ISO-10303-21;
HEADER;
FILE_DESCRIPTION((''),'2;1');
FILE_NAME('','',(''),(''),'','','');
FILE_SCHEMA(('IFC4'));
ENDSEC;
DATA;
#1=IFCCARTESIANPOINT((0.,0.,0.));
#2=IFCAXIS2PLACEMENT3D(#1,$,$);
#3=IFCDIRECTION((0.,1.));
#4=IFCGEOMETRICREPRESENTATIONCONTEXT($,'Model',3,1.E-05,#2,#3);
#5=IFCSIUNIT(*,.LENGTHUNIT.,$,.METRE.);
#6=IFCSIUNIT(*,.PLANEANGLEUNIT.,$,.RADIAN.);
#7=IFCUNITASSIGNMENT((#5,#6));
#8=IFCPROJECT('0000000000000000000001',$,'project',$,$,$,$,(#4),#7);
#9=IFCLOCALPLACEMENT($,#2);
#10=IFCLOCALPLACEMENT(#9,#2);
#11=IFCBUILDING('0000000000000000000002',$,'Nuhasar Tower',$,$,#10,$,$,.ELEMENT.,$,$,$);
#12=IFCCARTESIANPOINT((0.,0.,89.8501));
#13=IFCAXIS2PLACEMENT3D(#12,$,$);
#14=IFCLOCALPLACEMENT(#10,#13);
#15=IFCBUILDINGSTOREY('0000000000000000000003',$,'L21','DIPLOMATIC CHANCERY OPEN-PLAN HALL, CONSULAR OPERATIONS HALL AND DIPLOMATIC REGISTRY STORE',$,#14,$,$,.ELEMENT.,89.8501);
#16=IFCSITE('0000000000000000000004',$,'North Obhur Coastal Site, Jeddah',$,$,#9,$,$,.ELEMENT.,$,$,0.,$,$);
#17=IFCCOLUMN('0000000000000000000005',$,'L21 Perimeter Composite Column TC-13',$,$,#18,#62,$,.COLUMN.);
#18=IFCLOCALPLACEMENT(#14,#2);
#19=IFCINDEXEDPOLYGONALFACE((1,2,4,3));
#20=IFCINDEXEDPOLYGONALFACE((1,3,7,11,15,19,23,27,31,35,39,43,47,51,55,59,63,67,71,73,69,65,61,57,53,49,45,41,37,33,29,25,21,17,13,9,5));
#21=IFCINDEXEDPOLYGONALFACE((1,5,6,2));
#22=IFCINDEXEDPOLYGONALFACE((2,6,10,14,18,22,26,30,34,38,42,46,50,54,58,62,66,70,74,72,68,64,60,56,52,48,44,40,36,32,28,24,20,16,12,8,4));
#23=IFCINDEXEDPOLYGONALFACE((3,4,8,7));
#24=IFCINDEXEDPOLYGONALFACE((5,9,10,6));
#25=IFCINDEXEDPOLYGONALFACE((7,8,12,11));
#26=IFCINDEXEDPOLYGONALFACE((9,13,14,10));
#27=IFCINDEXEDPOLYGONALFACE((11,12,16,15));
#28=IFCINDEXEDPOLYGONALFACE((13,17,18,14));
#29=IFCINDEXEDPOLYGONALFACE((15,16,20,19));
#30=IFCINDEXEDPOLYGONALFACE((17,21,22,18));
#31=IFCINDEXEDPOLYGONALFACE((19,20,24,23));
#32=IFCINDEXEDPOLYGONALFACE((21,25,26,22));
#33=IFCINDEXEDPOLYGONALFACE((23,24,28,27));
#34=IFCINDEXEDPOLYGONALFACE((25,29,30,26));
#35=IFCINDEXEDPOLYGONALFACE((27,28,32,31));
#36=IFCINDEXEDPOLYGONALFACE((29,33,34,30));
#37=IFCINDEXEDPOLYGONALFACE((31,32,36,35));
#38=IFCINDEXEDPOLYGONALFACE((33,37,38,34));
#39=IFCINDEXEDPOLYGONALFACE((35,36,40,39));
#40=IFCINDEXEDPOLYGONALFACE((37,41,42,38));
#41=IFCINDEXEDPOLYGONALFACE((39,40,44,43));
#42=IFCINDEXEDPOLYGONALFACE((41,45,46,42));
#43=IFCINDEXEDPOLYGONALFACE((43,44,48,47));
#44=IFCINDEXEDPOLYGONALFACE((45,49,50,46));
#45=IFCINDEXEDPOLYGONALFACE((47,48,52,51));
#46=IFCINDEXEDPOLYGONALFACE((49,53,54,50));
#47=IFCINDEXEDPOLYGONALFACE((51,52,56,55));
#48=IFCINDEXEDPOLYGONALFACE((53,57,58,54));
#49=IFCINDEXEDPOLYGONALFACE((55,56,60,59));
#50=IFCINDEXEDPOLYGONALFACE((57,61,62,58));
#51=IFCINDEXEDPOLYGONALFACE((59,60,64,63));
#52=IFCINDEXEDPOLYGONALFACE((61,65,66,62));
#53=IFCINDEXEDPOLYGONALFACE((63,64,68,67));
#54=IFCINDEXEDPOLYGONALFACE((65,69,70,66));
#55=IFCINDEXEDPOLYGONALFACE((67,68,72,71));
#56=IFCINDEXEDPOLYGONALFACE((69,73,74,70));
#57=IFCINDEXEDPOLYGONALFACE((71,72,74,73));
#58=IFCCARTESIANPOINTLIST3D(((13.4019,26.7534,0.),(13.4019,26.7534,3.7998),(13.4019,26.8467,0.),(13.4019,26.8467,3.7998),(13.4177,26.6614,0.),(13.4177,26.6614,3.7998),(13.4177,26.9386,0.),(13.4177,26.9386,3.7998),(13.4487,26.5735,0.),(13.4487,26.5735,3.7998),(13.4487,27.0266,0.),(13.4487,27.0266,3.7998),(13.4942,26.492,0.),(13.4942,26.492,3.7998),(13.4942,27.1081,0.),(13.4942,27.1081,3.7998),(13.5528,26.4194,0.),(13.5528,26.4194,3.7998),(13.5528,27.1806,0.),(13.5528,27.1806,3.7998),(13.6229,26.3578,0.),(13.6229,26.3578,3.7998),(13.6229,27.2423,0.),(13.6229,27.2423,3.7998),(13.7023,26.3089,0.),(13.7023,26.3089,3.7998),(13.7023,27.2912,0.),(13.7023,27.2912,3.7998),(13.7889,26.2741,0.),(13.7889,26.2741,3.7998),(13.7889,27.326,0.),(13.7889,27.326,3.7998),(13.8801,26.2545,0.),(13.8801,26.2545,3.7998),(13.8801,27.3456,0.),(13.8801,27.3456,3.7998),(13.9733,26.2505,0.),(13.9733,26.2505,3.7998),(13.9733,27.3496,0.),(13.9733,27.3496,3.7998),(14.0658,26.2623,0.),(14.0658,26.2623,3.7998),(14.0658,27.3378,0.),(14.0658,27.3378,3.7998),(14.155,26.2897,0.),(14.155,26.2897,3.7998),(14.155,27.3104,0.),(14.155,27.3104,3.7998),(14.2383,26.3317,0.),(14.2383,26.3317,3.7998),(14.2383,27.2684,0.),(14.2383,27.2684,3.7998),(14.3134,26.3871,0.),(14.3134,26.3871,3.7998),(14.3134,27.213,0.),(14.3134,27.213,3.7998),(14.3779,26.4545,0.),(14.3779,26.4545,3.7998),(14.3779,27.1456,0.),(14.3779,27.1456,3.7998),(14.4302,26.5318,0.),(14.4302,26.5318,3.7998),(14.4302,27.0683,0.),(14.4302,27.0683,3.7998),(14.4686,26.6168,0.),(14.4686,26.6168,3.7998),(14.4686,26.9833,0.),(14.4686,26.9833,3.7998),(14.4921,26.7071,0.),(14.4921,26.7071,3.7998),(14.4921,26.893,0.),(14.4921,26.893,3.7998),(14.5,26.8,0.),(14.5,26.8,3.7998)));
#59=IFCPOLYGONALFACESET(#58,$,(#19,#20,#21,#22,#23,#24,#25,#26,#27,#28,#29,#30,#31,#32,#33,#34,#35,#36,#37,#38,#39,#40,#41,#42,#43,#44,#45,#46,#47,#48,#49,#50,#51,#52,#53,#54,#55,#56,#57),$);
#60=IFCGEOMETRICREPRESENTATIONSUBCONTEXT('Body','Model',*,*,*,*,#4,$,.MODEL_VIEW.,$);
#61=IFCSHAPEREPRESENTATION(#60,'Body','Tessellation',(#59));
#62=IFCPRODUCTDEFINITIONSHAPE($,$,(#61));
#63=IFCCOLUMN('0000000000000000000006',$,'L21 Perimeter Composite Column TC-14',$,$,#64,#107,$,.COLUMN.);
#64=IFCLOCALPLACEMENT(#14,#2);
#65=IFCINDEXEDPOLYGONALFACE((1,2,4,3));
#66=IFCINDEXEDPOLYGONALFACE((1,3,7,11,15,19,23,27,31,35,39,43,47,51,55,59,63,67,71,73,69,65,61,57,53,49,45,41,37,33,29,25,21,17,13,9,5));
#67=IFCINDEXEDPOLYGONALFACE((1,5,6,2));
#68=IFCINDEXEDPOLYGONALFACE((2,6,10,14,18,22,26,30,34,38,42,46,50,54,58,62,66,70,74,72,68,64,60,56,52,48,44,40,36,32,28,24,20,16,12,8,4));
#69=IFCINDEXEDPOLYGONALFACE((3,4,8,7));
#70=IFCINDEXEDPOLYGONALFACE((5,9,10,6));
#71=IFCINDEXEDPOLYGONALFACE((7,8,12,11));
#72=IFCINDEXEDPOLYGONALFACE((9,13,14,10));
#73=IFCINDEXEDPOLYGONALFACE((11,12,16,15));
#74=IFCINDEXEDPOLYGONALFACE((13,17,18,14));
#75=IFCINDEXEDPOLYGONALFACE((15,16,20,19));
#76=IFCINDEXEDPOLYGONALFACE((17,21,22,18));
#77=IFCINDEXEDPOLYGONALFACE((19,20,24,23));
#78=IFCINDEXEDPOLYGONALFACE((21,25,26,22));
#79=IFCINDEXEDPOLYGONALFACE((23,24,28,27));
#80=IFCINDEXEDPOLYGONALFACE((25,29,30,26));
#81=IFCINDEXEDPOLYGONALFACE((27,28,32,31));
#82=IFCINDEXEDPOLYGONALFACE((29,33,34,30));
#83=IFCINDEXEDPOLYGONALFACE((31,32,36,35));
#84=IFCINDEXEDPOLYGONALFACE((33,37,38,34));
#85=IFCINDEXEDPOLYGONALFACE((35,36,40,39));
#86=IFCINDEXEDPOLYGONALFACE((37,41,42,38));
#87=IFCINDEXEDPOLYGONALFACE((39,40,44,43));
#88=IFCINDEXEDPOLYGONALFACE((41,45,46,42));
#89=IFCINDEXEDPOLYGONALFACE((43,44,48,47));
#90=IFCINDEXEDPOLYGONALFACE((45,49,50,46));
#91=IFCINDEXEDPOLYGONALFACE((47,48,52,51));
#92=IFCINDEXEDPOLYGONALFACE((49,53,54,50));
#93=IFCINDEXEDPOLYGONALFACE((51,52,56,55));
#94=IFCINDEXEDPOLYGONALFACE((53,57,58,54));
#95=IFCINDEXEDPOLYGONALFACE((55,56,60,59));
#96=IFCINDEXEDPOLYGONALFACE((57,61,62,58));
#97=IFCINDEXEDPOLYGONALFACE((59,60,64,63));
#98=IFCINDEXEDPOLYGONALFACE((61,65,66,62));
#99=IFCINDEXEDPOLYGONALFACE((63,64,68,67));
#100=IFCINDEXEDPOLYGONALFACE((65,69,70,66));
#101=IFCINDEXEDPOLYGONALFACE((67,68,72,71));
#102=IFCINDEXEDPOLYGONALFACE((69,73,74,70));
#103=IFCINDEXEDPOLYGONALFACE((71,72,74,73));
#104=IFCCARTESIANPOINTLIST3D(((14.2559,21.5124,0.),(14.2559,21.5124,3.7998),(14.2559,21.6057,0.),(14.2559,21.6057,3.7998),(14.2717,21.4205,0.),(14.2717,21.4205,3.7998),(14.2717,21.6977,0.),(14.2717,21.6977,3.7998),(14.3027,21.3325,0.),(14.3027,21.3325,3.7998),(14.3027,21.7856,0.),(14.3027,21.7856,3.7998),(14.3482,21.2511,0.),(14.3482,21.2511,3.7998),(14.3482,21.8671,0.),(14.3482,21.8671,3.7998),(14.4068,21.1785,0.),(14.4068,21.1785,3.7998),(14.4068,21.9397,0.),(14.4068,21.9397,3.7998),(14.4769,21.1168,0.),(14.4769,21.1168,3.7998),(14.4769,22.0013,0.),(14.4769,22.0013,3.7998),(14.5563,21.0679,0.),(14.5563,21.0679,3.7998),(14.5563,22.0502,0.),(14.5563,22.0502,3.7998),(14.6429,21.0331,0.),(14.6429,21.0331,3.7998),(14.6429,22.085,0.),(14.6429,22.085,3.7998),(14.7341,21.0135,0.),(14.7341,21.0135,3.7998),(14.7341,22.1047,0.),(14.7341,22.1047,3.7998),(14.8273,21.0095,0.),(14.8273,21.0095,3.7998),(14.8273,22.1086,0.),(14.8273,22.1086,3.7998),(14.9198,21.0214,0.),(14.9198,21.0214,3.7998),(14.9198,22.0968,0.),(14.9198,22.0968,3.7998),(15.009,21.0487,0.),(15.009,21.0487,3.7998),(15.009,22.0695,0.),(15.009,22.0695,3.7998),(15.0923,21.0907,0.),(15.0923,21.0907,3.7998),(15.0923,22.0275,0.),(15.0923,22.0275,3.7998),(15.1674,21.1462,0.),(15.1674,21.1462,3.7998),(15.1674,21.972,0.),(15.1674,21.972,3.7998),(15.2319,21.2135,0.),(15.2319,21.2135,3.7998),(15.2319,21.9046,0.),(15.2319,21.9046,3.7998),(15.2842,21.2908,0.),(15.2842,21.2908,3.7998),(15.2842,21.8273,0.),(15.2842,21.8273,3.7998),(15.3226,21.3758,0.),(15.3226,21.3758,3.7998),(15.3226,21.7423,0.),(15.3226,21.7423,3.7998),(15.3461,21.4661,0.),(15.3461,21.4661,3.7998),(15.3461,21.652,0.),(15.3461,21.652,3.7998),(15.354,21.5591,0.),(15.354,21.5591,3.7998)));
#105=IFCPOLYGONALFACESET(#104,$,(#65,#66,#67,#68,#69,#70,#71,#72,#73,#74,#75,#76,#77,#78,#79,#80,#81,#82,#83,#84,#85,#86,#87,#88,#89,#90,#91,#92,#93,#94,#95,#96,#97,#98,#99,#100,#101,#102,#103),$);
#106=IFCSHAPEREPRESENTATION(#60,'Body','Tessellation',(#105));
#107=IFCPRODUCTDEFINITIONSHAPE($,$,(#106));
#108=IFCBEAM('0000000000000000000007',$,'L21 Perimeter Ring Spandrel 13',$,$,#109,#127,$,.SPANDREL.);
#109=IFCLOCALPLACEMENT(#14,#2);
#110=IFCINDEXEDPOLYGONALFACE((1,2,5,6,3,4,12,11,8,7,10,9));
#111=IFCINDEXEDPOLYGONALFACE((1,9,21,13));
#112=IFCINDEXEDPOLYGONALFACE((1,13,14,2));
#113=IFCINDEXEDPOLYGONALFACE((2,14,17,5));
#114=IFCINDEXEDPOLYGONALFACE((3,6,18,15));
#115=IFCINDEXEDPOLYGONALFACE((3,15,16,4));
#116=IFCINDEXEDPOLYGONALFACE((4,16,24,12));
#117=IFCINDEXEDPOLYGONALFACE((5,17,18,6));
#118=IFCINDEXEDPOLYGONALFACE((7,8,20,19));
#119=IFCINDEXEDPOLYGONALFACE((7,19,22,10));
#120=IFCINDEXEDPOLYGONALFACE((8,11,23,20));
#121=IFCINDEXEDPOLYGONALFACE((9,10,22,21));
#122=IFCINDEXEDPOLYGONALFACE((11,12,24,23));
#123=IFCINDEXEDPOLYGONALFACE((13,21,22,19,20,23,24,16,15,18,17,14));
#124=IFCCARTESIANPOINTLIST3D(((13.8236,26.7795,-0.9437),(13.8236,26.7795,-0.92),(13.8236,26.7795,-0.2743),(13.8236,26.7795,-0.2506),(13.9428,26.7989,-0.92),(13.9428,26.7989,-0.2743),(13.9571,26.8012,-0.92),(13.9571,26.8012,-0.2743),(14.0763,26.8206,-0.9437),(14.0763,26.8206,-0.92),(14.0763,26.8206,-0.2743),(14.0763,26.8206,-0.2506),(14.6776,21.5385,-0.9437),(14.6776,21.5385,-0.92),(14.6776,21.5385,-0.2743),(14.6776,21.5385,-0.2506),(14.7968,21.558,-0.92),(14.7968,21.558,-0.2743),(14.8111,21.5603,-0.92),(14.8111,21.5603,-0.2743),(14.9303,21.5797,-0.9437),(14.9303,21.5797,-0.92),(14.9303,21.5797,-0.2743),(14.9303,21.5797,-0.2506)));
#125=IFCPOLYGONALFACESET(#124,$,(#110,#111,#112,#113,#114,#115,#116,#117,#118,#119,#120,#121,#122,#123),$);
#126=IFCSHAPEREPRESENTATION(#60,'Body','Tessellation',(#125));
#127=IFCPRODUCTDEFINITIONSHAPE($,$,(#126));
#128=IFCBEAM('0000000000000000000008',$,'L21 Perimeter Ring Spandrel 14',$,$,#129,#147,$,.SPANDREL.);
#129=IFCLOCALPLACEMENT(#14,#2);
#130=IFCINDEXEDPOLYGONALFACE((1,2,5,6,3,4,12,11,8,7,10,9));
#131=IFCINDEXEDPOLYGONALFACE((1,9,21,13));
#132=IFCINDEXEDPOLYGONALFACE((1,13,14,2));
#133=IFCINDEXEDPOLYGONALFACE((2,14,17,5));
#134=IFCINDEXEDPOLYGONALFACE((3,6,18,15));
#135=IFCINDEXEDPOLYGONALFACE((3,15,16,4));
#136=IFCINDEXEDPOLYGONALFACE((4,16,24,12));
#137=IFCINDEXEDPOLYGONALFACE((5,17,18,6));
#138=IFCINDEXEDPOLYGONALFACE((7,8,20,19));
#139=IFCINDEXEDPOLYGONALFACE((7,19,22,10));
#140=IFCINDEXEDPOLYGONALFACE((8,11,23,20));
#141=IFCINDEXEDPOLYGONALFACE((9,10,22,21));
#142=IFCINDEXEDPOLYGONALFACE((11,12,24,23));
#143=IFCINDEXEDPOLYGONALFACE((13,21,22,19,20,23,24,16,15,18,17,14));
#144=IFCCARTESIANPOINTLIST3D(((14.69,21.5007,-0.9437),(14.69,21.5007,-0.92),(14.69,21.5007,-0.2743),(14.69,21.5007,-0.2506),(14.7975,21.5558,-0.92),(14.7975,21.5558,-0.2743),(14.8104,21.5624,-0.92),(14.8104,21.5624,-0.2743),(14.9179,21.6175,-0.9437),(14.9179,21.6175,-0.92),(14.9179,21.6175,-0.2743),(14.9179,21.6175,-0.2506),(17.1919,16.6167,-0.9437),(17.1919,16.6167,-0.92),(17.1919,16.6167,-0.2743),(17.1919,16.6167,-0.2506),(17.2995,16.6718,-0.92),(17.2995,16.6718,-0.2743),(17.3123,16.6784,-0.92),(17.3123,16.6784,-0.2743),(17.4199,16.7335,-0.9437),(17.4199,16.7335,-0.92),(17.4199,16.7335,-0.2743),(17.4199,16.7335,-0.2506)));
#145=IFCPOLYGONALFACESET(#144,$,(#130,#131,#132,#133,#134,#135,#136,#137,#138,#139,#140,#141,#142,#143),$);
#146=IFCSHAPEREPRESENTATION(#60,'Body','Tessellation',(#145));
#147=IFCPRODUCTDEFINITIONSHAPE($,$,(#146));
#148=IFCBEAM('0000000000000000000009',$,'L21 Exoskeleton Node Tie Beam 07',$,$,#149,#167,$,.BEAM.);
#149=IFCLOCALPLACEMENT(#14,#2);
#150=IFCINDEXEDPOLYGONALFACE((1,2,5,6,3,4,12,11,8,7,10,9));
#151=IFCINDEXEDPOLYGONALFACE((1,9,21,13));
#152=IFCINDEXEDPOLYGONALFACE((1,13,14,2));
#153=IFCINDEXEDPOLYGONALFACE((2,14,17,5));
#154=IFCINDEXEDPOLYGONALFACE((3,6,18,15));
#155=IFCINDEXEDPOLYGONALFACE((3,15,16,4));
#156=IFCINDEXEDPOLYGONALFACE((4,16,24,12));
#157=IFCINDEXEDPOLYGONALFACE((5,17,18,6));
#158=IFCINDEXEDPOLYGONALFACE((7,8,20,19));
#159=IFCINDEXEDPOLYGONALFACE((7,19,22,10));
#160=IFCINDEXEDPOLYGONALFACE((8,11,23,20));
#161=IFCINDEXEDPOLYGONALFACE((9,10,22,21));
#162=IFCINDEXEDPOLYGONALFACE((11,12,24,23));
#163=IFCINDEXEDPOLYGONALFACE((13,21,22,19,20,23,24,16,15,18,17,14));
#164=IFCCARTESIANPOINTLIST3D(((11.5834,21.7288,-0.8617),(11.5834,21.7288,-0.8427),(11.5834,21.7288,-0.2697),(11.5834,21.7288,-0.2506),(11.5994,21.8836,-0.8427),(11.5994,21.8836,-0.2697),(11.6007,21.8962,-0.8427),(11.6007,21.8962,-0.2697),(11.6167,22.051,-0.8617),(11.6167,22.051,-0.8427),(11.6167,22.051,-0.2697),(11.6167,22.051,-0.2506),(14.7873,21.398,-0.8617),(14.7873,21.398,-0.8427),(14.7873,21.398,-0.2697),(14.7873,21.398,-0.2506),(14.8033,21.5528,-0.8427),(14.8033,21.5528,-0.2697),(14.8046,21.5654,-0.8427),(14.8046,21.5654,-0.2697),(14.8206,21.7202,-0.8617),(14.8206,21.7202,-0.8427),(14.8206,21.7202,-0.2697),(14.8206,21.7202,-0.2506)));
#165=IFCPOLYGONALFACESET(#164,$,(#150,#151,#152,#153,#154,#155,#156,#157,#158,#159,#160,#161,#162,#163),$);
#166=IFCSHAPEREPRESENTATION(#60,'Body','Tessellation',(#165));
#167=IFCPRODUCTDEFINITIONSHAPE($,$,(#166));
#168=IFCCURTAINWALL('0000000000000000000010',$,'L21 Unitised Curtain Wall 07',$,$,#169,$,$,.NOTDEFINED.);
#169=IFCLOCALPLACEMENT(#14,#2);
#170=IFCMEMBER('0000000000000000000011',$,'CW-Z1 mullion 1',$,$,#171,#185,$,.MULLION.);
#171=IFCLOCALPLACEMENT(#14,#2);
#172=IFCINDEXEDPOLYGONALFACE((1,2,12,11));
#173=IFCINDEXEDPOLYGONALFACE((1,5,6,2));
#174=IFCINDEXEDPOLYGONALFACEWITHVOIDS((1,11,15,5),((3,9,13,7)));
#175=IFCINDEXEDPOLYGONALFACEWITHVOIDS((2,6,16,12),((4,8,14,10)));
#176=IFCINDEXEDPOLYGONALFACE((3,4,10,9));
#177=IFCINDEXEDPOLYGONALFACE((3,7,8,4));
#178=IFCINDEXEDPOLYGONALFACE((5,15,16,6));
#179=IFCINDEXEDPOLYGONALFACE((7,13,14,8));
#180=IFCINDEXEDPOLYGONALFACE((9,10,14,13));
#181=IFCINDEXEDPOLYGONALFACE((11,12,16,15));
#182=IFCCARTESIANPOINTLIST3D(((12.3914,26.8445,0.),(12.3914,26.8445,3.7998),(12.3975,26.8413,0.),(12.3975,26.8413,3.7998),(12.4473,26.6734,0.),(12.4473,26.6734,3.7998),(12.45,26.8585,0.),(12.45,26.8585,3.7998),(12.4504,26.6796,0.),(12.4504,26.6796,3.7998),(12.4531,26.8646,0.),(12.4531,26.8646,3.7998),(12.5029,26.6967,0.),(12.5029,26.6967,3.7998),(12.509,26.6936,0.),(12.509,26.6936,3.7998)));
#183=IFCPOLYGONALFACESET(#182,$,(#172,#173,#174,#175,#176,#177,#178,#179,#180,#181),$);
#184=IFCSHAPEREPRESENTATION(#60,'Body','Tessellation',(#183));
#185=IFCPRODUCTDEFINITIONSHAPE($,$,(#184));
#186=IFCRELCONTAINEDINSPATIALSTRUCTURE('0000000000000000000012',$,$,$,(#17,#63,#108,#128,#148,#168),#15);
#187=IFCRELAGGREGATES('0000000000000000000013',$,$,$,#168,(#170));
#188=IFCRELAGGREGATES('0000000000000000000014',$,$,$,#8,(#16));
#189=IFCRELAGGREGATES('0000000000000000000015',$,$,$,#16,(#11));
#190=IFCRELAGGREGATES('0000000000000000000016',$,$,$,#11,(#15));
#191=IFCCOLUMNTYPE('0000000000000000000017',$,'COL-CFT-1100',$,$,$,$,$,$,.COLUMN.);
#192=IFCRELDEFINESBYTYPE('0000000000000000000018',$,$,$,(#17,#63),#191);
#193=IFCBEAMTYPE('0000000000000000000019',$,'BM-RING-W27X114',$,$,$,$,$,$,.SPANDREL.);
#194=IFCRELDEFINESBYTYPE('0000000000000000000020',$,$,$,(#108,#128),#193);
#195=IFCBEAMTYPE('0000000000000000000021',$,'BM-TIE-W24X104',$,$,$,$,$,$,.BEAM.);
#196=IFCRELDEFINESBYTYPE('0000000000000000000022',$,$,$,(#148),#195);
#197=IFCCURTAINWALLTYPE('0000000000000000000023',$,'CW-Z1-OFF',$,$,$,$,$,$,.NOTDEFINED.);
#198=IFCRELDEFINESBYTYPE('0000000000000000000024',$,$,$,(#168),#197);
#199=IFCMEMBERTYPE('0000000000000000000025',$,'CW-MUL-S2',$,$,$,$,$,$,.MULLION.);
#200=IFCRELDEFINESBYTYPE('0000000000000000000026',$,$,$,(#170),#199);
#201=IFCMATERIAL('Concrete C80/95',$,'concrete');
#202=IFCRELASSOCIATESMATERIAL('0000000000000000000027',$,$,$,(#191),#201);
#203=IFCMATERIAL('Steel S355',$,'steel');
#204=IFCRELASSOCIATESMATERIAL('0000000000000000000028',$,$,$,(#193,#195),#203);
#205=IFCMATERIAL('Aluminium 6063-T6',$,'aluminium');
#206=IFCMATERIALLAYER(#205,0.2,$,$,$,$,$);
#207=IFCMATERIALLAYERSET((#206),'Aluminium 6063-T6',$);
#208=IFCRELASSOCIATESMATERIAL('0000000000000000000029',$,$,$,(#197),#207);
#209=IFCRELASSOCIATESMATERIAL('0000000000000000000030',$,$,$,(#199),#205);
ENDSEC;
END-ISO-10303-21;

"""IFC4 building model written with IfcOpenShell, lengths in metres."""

from ifc_helpers import new_model, si_unit, direction, frame, origin, origin_2d, place, context, subcontext, project, spatial, hollow_rectangle, circle, i_section, extrude, material, layer, layer_set, material_profile, profile_set, type_object, element, aggregate, save


model = new_model("IFC4")

# Units and contexts
model_context = context("Model", 3, precision=1e-05, world=origin(), true_north=direction((0.0, 1.0)))
body_context = subcontext(model_context, "Body", "Model", "MODEL_VIEW")
ifc_project = project(units=[si_unit("LENGTHUNIT", "METRE"), si_unit("PLANEANGLEUNIT", "RADIAN")], contexts=[model_context])

# Site, building, storey
site_placement = place(None, origin())
site = spatial("IfcSite", under=ifc_project, at=site_placement, Name="North Obhur Coastal Site, Jeddah", CompositionType="ELEMENT", RefElevation=0.0)
building_placement = place(site_placement, origin())
building = spatial("IfcBuilding", under=site, at=building_placement, Name="Nuhasar Tower", CompositionType="ELEMENT")
storey_placement = place(building_placement, frame((0.0, 0.0, 89.8501)))
storey = spatial("IfcBuildingStorey", under=building, at=storey_placement, Name="L21", Description="DIPLOMATIC CHANCERY OPEN-PLAN HALL, CONSULAR OPERATIONS HALL AND DIPLOMATIC REGISTRY STORE", CompositionType="ELEMENT", Elevation=89.8501)

# Columns
ifc_material_1 = material(Name="Concrete C80/95", Category="concrete")
ifc_material_profile_1 = material_profile(ifc_material_1, circle(Radius=0.55, at=origin_2d()), Name="CFT1100")
ifc_profile_set_1 = profile_set([ifc_material_profile_1], Name="Concrete C80/95")
column_type = type_object("IfcColumnType", Name="COL-CFT-1100", PredefinedType="COLUMN", material=ifc_profile_set_1)
for number, where, z_axis, x_axis, name in (
    (1, (13.95, 26.8, 0.0), (0.0, 0.0, 1.0), (1.0, 0.0, 0.0), "L21 Perimeter Composite Column TC-13"),
    (2, (14.804, 21.5591, 0.0), (0.0, 0.0, 1.0), (1.0, 0.0, 0.0), "L21 Perimeter Composite Column TC-14"),
):
    element("IfcColumn", number, at=place(storey_placement, frame(where, z_axis=z_axis, x_axis=x_axis)), inside=storey, type_object=column_type, Name=name, PredefinedType="COLUMN", context=body_context, shape_type="SweptSolid", body=[
        extrude(circle(Radius=0.55, at=origin_2d()), origin(), (0.0, 0.0, 1.0), 3.7998),
    ])

# Beams
ifc_material_2 = material(Name="Steel S355", Category="steel")
ifc_material_profile_2 = material_profile(ifc_material_2, i_section(OverallWidth=0.2561, OverallDepth=0.6931, WebThickness=0.0144, FlangeThickness=0.0237, at=origin_2d()), Name="W27X114")
ifc_profile_set_2 = profile_set([ifc_material_profile_2], Name="Steel S355")
beam_type_1 = type_object("IfcBeamType", Name="BM-RING-W27X114", PredefinedType="SPANDREL", material=ifc_profile_set_2)
beam_1_placement = place(storey_placement, frame((13.95, 26.8, -0.5972), z_axis=(0.160827, -0.986983, 0.0), x_axis=(0.986983, 0.160827, 0.0)))
element("IfcBeam", 3, at=beam_1_placement, inside=storey, type_object=beam_type_1, Name="L21 Perimeter Ring Spandrel 13", PredefinedType="SPANDREL", context=body_context, shape_type="SweptSolid", body=[
    extrude(i_section(OverallWidth=0.2561, OverallDepth=0.6931, WebThickness=0.0144, FlangeThickness=0.0237, at=origin_2d()), origin(), (0.0, 0.0, 1.0), 5.3101),
])
beam_2_placement = place(storey_placement, frame((14.804, 21.5591, -0.5972), z_axis=(0.45593, -0.890016, 0.0), x_axis=(0.890016, 0.45593, 0.0)))
element("IfcBeam", 4, at=beam_2_placement, inside=storey, type_object=beam_type_1, Name="L21 Perimeter Ring Spandrel 14", PredefinedType="SPANDREL", context=body_context, shape_type="SweptSolid", body=[
    extrude(i_section(OverallWidth=0.2561, OverallDepth=0.6931, WebThickness=0.0144, FlangeThickness=0.0237, at=origin_2d()), origin(), (0.0, 0.0, 1.0), 5.4875),
])
ifc_material_profile_3 = material_profile(ifc_material_2, i_section(OverallWidth=0.324, OverallDepth=0.6111, WebThickness=0.0127, FlangeThickness=0.019, at=origin_2d()), Name="W24X104")
ifc_profile_set_3 = profile_set([ifc_material_profile_3], Name="Steel S355")
beam_type_2 = type_object("IfcBeamType", Name="BM-TIE-W24X104", PredefinedType="BEAM", material=ifc_profile_set_3)
beam_3_placement = place(storey_placement, frame((14.804, 21.5591, -0.5562), z_axis=(-0.994712, 0.102708, 0.0), x_axis=(-0.102708, -0.994712, 0.0)))
element("IfcBeam", 5, at=beam_3_placement, inside=storey, type_object=beam_type_2, Name="L21 Exoskeleton Node Tie Beam 07", PredefinedType="BEAM", context=body_context, shape_type="SweptSolid", body=[
    extrude(i_section(OverallWidth=0.324, OverallDepth=0.6111, WebThickness=0.0127, FlangeThickness=0.019, at=origin_2d()), origin(), (0.0, 0.0, 1.0), 3.2209),
])

# Curtain wall, member
ifc_material_3 = material(Name="Aluminium 6063-T6", Category="aluminium")
ifc_layer_1 = layer(ifc_material_3, 0.2)
ifc_layer_set_1 = layer_set([ifc_layer_1], Name="Aluminium 6063-T6")
curtain_wall_type = type_object("IfcCurtainWallType", Name="CW-Z1-OFF", PredefinedType="NOTDEFINED", material=ifc_layer_set_1)
curtain_wall_1_placement = place(storey_placement, origin())
curtain_wall_1 = element("IfcCurtainWall", 6, at=curtain_wall_1_placement, inside=storey, type_object=curtain_wall_type, Name="L21 Unitised Curtain Wall 07", PredefinedType="NOTDEFINED")
ifc_material_profile_4 = material_profile(ifc_material_3, hollow_rectangle(XDim=0.0649, YDim=0.1799, WallThickness=0.0049, at=origin_2d()), Name="CWM-2")
ifc_profile_set_4 = profile_set([ifc_material_profile_4], Name="Aluminium 6063-T6")
member_type_1 = type_object("IfcMemberType", Name="CW-MUL-S2", PredefinedType="MULLION", material=ifc_profile_set_4)
member_1_placement = place(storey_placement, frame((12.4502, 26.769, 0.0), z_axis=(0.0, 0.0, 1.0), x_axis=(0.950468, 0.310824, 0.0)))
member_1 = element("IfcMember", 7, at=member_1_placement, type_object=member_type_1, Name="CW-Z1 mullion 1", PredefinedType="MULLION", context=body_context, shape_type="SweptSolid", body=[
    extrude(hollow_rectangle(XDim=0.0649, YDim=0.1799, WallThickness=0.0049, at=origin_2d()), origin(), (0.0, 0.0, 1.0), 3.7998),
])

aggregate(curtain_wall_1, [member_1])

save(model, "model.ifc")
